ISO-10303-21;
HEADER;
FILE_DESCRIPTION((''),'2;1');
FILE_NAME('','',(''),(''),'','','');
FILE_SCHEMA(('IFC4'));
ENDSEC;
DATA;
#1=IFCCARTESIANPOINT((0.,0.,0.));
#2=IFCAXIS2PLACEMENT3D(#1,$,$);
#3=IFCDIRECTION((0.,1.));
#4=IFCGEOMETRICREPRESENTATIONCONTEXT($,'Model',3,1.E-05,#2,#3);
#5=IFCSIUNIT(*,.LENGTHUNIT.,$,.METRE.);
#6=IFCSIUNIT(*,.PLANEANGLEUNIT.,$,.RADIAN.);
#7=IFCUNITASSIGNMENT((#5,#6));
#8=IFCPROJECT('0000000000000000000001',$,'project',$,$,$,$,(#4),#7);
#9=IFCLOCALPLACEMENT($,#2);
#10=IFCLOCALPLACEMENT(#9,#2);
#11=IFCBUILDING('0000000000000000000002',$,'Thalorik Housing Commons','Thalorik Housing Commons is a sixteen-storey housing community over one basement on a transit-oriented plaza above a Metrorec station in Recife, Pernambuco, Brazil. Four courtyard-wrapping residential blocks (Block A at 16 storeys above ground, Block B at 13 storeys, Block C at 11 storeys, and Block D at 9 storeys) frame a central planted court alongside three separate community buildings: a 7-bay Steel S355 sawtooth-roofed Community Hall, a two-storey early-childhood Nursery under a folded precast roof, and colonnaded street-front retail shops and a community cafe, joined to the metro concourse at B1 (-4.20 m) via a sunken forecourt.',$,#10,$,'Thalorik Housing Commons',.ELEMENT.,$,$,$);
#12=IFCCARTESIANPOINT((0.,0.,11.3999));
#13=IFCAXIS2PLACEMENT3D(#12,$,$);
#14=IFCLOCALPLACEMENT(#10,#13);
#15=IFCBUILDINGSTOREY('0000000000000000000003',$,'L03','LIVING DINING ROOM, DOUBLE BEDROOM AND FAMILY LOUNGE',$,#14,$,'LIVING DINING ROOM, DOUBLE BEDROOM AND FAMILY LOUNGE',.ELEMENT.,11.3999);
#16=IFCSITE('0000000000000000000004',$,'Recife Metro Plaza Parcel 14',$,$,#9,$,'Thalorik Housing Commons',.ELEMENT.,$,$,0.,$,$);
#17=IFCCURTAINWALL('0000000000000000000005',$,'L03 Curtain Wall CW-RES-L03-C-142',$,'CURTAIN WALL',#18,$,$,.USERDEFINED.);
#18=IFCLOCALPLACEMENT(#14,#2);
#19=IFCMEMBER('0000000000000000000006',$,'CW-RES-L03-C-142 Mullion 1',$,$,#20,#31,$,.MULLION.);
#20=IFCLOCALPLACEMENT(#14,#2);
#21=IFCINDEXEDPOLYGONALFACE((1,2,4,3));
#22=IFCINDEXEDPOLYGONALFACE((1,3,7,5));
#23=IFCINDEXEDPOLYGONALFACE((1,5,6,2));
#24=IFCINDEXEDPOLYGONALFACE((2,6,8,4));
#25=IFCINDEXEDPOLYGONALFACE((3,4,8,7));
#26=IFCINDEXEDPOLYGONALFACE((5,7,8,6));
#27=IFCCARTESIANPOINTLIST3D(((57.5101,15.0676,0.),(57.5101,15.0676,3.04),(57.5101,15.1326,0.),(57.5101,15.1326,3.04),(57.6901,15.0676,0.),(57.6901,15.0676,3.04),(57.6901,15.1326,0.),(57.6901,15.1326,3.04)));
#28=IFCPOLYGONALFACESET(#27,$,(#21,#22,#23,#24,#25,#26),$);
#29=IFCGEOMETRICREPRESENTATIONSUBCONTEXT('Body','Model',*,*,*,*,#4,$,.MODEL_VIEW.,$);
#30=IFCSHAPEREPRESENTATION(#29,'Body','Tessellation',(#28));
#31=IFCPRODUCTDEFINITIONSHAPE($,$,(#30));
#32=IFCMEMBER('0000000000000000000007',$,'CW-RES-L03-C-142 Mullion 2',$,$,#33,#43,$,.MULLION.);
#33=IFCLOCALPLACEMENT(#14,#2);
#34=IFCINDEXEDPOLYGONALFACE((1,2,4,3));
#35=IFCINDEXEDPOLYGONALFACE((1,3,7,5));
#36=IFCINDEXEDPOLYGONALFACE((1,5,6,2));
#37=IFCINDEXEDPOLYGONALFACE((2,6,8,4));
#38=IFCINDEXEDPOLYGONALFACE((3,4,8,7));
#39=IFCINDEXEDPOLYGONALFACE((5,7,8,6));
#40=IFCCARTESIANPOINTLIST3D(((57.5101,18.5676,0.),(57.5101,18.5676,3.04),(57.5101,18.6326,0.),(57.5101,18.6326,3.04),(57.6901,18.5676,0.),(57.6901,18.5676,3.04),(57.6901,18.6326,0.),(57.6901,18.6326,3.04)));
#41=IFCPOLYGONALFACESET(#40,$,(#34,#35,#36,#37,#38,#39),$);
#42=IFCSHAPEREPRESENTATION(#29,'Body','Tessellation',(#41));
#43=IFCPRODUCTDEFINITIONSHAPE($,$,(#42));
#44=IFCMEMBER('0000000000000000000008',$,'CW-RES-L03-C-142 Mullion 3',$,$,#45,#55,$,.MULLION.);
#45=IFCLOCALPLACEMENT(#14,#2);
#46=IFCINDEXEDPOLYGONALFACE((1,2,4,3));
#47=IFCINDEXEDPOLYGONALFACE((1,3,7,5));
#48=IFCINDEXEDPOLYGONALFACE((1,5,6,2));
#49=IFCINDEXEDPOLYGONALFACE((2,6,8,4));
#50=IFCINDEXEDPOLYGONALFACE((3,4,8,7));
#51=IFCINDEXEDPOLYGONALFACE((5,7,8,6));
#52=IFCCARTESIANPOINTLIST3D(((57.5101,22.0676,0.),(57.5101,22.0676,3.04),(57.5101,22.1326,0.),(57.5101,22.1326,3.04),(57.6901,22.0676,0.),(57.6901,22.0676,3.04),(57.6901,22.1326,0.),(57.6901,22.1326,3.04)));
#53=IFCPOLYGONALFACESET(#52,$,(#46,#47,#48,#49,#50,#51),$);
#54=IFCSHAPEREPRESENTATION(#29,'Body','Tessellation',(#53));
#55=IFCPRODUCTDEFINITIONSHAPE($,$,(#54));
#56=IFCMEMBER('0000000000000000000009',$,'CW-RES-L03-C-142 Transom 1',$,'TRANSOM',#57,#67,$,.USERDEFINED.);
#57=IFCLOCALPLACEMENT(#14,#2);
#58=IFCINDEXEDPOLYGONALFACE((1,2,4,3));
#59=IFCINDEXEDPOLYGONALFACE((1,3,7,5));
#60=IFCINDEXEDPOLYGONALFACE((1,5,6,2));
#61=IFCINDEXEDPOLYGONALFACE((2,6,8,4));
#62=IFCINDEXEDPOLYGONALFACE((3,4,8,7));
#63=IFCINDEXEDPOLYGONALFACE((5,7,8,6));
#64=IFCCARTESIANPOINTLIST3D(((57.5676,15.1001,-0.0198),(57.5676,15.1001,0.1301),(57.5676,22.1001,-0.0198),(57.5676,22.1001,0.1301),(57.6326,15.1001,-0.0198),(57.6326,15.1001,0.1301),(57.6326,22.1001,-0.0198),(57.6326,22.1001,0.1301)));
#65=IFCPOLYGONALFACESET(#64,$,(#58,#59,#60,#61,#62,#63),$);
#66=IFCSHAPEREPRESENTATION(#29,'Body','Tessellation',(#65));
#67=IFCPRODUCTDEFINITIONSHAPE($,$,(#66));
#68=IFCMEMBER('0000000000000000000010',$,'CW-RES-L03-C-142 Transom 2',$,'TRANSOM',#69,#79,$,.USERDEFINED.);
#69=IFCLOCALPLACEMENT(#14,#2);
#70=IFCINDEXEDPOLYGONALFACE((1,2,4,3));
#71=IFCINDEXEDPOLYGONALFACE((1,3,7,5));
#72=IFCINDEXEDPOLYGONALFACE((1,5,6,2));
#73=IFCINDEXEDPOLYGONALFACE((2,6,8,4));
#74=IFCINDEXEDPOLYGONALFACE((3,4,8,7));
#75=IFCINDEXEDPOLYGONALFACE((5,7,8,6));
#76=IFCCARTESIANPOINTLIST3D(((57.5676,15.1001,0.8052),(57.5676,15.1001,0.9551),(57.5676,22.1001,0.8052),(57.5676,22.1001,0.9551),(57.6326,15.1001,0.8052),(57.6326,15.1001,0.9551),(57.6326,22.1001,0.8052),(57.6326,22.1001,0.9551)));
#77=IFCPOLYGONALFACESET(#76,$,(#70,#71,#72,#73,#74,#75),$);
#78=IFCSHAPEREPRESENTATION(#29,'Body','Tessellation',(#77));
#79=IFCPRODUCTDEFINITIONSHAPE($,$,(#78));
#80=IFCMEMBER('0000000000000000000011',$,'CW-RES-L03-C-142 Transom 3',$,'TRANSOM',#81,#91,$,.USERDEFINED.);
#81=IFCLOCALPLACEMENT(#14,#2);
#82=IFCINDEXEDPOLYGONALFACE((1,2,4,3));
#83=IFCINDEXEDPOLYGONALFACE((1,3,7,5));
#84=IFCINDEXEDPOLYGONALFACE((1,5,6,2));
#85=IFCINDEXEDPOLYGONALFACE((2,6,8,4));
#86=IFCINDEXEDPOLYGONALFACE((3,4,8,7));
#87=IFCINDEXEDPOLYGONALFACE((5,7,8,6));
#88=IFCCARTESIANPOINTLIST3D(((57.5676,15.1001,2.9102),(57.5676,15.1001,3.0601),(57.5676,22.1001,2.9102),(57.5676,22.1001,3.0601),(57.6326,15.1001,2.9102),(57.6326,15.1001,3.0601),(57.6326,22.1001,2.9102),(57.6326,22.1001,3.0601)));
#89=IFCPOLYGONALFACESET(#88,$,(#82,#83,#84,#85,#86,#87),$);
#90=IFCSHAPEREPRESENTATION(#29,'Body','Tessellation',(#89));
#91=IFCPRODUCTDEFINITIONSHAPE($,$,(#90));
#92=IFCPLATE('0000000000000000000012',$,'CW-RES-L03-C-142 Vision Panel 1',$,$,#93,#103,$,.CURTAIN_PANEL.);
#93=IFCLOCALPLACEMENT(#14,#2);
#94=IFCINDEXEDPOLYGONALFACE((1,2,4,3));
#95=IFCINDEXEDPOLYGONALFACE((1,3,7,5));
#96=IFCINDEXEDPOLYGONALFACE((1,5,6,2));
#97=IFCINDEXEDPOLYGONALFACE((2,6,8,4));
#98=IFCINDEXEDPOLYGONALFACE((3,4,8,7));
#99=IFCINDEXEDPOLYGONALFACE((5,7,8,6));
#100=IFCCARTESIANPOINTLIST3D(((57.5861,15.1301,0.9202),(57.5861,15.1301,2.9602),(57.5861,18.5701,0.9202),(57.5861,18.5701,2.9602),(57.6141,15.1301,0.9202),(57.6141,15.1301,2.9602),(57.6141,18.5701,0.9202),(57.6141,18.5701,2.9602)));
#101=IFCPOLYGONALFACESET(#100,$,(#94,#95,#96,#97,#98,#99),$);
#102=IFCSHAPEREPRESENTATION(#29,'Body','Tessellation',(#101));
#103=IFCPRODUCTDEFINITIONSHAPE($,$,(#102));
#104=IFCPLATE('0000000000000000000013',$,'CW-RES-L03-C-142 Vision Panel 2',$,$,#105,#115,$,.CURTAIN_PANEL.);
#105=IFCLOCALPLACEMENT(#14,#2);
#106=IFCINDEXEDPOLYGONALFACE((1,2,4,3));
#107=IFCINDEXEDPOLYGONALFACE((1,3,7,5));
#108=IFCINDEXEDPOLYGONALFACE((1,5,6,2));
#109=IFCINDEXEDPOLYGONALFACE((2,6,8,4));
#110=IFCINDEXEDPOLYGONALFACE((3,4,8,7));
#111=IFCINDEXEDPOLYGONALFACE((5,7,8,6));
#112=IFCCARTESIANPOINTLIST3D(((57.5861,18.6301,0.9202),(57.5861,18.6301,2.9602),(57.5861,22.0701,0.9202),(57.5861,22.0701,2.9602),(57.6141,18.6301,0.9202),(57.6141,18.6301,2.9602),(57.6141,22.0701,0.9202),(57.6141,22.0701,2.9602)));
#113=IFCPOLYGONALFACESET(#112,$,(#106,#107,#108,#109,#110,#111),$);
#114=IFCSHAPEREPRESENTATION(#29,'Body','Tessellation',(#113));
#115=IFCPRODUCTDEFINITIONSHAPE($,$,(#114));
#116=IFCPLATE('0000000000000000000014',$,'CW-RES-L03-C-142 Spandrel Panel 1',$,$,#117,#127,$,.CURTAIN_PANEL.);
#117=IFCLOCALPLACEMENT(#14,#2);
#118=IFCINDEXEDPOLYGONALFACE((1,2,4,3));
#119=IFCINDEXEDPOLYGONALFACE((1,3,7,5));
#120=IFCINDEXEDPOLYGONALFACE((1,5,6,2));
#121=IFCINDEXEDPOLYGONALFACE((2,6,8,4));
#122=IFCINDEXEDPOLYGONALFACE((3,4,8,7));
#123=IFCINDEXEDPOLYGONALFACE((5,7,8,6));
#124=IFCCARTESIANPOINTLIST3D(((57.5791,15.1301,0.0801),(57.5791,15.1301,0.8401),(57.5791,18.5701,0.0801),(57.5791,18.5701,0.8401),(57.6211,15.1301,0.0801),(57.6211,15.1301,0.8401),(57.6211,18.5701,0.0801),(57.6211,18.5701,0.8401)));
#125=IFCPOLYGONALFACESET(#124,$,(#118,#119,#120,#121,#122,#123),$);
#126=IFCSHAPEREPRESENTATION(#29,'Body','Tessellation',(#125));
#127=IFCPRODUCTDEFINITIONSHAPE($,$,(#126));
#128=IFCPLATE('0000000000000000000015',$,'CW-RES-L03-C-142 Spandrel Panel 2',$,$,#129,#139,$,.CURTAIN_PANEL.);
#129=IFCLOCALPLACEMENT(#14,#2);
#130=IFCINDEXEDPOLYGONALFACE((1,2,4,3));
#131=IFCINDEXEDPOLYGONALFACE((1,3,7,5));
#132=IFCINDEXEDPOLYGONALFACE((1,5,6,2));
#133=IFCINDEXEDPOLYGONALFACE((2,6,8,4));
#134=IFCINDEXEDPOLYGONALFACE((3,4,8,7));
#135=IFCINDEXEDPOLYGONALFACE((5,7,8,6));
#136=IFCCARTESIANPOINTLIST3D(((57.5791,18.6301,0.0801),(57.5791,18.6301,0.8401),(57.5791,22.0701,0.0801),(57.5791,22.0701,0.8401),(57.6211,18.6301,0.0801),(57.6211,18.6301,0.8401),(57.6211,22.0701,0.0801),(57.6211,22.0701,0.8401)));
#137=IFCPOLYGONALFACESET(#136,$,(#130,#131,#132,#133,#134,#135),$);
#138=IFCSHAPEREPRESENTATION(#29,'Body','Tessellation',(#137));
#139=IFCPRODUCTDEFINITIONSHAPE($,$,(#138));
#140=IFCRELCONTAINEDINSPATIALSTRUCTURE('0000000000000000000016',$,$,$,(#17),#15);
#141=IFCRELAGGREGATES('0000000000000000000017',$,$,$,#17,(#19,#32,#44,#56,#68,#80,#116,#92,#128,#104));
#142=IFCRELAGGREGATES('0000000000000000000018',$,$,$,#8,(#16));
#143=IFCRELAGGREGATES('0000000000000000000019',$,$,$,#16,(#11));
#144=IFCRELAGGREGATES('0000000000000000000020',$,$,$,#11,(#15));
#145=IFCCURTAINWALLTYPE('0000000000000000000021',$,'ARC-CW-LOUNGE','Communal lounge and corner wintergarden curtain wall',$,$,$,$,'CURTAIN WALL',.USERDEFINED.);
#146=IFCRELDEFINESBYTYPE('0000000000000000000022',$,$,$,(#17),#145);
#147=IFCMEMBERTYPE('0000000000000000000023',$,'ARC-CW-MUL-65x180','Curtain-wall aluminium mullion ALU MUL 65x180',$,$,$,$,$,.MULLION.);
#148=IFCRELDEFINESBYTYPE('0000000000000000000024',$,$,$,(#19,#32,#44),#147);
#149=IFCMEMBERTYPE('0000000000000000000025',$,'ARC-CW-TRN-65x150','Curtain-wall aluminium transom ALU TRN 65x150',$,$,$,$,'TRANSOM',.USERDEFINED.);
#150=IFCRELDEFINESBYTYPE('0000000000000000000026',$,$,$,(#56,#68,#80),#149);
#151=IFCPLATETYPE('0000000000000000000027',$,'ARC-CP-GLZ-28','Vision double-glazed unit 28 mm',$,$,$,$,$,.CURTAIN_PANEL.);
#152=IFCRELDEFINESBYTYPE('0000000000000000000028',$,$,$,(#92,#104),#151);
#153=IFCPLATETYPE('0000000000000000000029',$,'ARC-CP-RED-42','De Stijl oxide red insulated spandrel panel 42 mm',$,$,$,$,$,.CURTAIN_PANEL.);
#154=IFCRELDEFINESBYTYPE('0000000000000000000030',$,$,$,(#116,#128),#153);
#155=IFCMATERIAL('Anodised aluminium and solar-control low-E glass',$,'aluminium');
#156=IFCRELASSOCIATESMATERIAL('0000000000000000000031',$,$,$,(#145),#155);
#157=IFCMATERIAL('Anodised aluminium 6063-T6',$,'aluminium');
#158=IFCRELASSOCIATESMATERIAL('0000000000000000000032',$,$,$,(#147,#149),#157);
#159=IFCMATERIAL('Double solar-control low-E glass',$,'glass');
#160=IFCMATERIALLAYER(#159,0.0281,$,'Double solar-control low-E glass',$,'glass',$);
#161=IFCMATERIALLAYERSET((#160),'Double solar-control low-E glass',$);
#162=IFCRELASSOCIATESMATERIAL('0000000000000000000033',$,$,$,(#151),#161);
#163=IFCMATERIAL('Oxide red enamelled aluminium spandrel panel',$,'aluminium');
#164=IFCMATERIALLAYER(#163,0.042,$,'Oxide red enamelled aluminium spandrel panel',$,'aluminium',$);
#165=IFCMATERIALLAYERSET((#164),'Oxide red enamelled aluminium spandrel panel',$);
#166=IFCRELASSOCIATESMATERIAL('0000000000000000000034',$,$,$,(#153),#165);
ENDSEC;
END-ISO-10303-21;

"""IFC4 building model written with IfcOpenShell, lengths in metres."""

from ifc_helpers import new_model, si_unit, direction, frame, origin, origin_2d, place, context, subcontext, project, spatial, rectangle, extrude, material, layer, layer_set, material_profile, profile_set, type_object, element, aggregate, save


model = new_model("IFC4")

# Units and contexts
model_context = context("Model", 3, precision=1e-05, world=origin(), true_north=direction((0.0, 1.0)))
body_context = subcontext(model_context, "Body", "Model", "MODEL_VIEW")
ifc_project = project(units=[si_unit("LENGTHUNIT", "METRE"), si_unit("PLANEANGLEUNIT", "RADIAN")], contexts=[model_context])

# Site, building, storey
site_placement = place(None, origin())
site = spatial("IfcSite", under=ifc_project, at=site_placement, Name="Recife Metro Plaza Parcel 14", LongName="Thalorik Housing Commons", CompositionType="ELEMENT", RefElevation=0.0)
building_placement = place(site_placement, origin())
building = spatial("IfcBuilding", under=site, at=building_placement, Name="Thalorik Housing Commons", Description="Thalorik Housing Commons is a sixteen-storey housing community over one basement on a transit-oriented plaza above a Metrorec station in Recife, Pernambuco, Brazil. Four courtyard-wrapping residential blocks (Block A at 16 storeys above ground, Block B at 13 storeys, Block C at 11 storeys, and Block D at 9 storeys) frame a central planted court alongside three separate community buildings: a 7-bay Steel S355 sawtooth-roofed Community Hall, a two-storey early-childhood Nursery under a folded precast roof, and colonnaded street-front retail shops and a community cafe, joined to the metro concourse at B1 (-4.20 m) via a sunken forecourt.", LongName="Thalorik Housing Commons", CompositionType="ELEMENT")
storey_placement = place(building_placement, frame((0.0, 0.0, 11.3999)))
storey = spatial("IfcBuildingStorey", under=building, at=storey_placement, Name="L03", Description="LIVING DINING ROOM, DOUBLE BEDROOM AND FAMILY LOUNGE", LongName="LIVING DINING ROOM, DOUBLE BEDROOM AND FAMILY LOUNGE", CompositionType="ELEMENT", Elevation=11.3999)

# Curtain wall, members, plates
ifc_material_1 = material(Name="Anodised aluminium and solar-control low-E glass", Category="aluminium")
curtain_wall_type = type_object("IfcCurtainWallType", Name="ARC-CW-LOUNGE", Description="Communal lounge and corner wintergarden curtain wall", ElementType="CURTAIN WALL", PredefinedType="USERDEFINED", material=ifc_material_1)
curtain_wall_placement = place(storey_placement, origin())
curtain_wall = element("IfcCurtainWall", 1, at=curtain_wall_placement, inside=storey, type_object=curtain_wall_type, Name="L03 Curtain Wall CW-RES-L03-C-142", ObjectType="CURTAIN WALL", PredefinedType="USERDEFINED")
ifc_material_2 = material(Name="Anodised aluminium 6063-T6", Category="aluminium")
ifc_material_profile_1 = material_profile(ifc_material_2, rectangle(XDim=0.0649, YDim=0.1799, at=origin_2d()), Name="ALU MUL 65x180", Category="aluminium")
ifc_profile_set_1 = profile_set([ifc_material_profile_1], Name="Anodised aluminium 6063-T6")
member_type_1 = type_object("IfcMemberType", Name="ARC-CW-MUL-65x180", Description="Curtain-wall aluminium mullion ALU MUL 65x180", PredefinedType="MULLION", material=ifc_profile_set_1)
member_1_placement = place(storey_placement, frame((57.6001, 15.1001, 0.0), z_axis=(0.0, 0.0, 1.0), x_axis=(0.0, 1.0, 0.0)))
member_1 = element("IfcMember", 2, at=member_1_placement, type_object=member_type_1, Name="CW-RES-L03-C-142 Mullion 1", PredefinedType="MULLION", context=body_context, shape_type="SweptSolid", body=[
    extrude(rectangle(XDim=0.0649, YDim=0.1799, at=origin_2d()), origin(), (0.0, 0.0, 1.0), 3.04),
])
member_2_placement = place(storey_placement, frame((57.6001, 18.6001, 0.0), z_axis=(0.0, 0.0, 1.0), x_axis=(0.0, 1.0, 0.0)))
member_2 = element("IfcMember", 3, at=member_2_placement, type_object=member_type_1, Name="CW-RES-L03-C-142 Mullion 2", PredefinedType="MULLION", context=body_context, shape_type="SweptSolid", body=[
    extrude(rectangle(XDim=0.0649, YDim=0.1799, at=origin_2d()), origin(), (0.0, 0.0, 1.0), 3.04),
])
member_3_placement = place(storey_placement, frame((57.6001, 22.1001, 0.0), z_axis=(0.0, 0.0, 1.0), x_axis=(0.0, 1.0, 0.0)))
member_3 = element("IfcMember", 4, at=member_3_placement, type_object=member_type_1, Name="CW-RES-L03-C-142 Mullion 3", PredefinedType="MULLION", context=body_context, shape_type="SweptSolid", body=[
    extrude(rectangle(XDim=0.0649, YDim=0.1799, at=origin_2d()), origin(), (0.0, 0.0, 1.0), 3.04),
])
ifc_material_profile_2 = material_profile(ifc_material_2, rectangle(XDim=0.0649, YDim=0.1499, at=origin_2d()), Name="ALU TRN 65x150", Category="aluminium")
ifc_profile_set_2 = profile_set([ifc_material_profile_2], Name="Anodised aluminium 6063-T6")
member_type_2 = type_object("IfcMemberType", Name="ARC-CW-TRN-65x150", Description="Curtain-wall aluminium transom ALU TRN 65x150", ElementType="TRANSOM", PredefinedType="USERDEFINED", material=ifc_profile_set_2)
member_4_placement = place(storey_placement, frame((57.6001, 15.1001, 0.0552), z_axis=(0.0, 1.0, 0.0), x_axis=(-1.0, 0.0, 0.0)))
member_4 = element("IfcMember", 5, at=member_4_placement, type_object=member_type_2, Name="CW-RES-L03-C-142 Transom 1", ObjectType="TRANSOM", PredefinedType="USERDEFINED", context=body_context, shape_type="SweptSolid", body=[
    extrude(rectangle(XDim=0.0649, YDim=0.1499, at=origin_2d()), origin(), (0.0, 0.0, 1.0), 7.0),
])
member_5_placement = place(storey_placement, frame((57.6001, 15.1001, 0.8801), z_axis=(0.0, 1.0, 0.0), x_axis=(-1.0, 0.0, 0.0)))
member_5 = element("IfcMember", 6, at=member_5_placement, type_object=member_type_2, Name="CW-RES-L03-C-142 Transom 2", ObjectType="TRANSOM", PredefinedType="USERDEFINED", context=body_context, shape_type="SweptSolid", body=[
    extrude(rectangle(XDim=0.0649, YDim=0.1499, at=origin_2d()), origin(), (0.0, 0.0, 1.0), 7.0),
])
member_6_placement = place(storey_placement, frame((57.6001, 15.1001, 2.9851), z_axis=(0.0, 1.0, 0.0), x_axis=(-1.0, 0.0, 0.0)))
member_6 = element("IfcMember", 7, at=member_6_placement, type_object=member_type_2, Name="CW-RES-L03-C-142 Transom 3", ObjectType="TRANSOM", PredefinedType="USERDEFINED", context=body_context, shape_type="SweptSolid", body=[
    extrude(rectangle(XDim=0.0649, YDim=0.1499, at=origin_2d()), origin(), (0.0, 0.0, 1.0), 7.0),
])
ifc_material_3 = material(Name="Double solar-control low-E glass", Category="glass")
ifc_layer_1 = layer(ifc_material_3, 0.0281, Name="Double solar-control low-E glass", Category="glass")
ifc_layer_set_1 = layer_set([ifc_layer_1], Name="Double solar-control low-E glass")
plate_type_1 = type_object("IfcPlateType", Name="ARC-CP-GLZ-28", Description="Vision double-glazed unit 28 mm", PredefinedType="CURTAIN_PANEL", material=ifc_layer_set_1)
plate_1_placement = place(storey_placement, frame((57.6001, 16.8501, 0.9202), z_axis=(0.0, 0.0, 1.0), x_axis=(0.0, 1.0, 0.0)))
plate_1 = element("IfcPlate", 8, at=plate_1_placement, type_object=plate_type_1, Name="CW-RES-L03-C-142 Vision Panel 1", PredefinedType="CURTAIN_PANEL", context=body_context, shape_type="SweptSolid", body=[
    extrude(rectangle(XDim=3.4399, YDim=0.0281, at=origin_2d()), origin(), (0.0, 0.0, 1.0), 2.04),
])
plate_2_placement = place(storey_placement, frame((57.6001, 20.3501, 0.9202), z_axis=(0.0, 0.0, 1.0), x_axis=(0.0, 1.0, 0.0)))
plate_2 = element("IfcPlate", 9, at=plate_2_placement, type_object=plate_type_1, Name="CW-RES-L03-C-142 Vision Panel 2", PredefinedType="CURTAIN_PANEL", context=body_context, shape_type="SweptSolid", body=[
    extrude(rectangle(XDim=3.4399, YDim=0.0281, at=origin_2d()), origin(), (0.0, 0.0, 1.0), 2.04),
])
ifc_material_4 = material(Name="Oxide red enamelled aluminium spandrel panel", Category="aluminium")
ifc_layer_2 = layer(ifc_material_4, 0.042, Name="Oxide red enamelled aluminium spandrel panel", Category="aluminium")
ifc_layer_set_2 = layer_set([ifc_layer_2], Name="Oxide red enamelled aluminium spandrel panel")
plate_type_2 = type_object("IfcPlateType", Name="ARC-CP-RED-42", Description="De Stijl oxide red insulated spandrel panel 42 mm", PredefinedType="CURTAIN_PANEL", material=ifc_layer_set_2)
plate_3_placement = place(storey_placement, frame((57.6001, 16.8501, 0.0801), z_axis=(0.0, 0.0, 1.0), x_axis=(0.0, 1.0, 0.0)))
plate_3 = element("IfcPlate", 10, at=plate_3_placement, type_object=plate_type_2, Name="CW-RES-L03-C-142 Spandrel Panel 1", PredefinedType="CURTAIN_PANEL", context=body_context, shape_type="SweptSolid", body=[
    extrude(rectangle(XDim=3.4399, YDim=0.042, at=origin_2d()), origin(), (0.0, 0.0, 1.0), 0.76),
])
plate_4_placement = place(storey_placement, frame((57.6001, 20.3501, 0.0801), z_axis=(0.0, 0.0, 1.0), x_axis=(0.0, 1.0, 0.0)))
plate_4 = element("IfcPlate", 11, at=plate_4_placement, type_object=plate_type_2, Name="CW-RES-L03-C-142 Spandrel Panel 2", PredefinedType="CURTAIN_PANEL", context=body_context, shape_type="SweptSolid", body=[
    extrude(rectangle(XDim=3.4399, YDim=0.042, at=origin_2d()), origin(), (0.0, 0.0, 1.0), 0.76),
])
aggregate(curtain_wall, [member_1, member_2, member_3, member_4, member_5, member_6, plate_3, plate_1, plate_4, plate_2])

save(model, "model.ifc")
